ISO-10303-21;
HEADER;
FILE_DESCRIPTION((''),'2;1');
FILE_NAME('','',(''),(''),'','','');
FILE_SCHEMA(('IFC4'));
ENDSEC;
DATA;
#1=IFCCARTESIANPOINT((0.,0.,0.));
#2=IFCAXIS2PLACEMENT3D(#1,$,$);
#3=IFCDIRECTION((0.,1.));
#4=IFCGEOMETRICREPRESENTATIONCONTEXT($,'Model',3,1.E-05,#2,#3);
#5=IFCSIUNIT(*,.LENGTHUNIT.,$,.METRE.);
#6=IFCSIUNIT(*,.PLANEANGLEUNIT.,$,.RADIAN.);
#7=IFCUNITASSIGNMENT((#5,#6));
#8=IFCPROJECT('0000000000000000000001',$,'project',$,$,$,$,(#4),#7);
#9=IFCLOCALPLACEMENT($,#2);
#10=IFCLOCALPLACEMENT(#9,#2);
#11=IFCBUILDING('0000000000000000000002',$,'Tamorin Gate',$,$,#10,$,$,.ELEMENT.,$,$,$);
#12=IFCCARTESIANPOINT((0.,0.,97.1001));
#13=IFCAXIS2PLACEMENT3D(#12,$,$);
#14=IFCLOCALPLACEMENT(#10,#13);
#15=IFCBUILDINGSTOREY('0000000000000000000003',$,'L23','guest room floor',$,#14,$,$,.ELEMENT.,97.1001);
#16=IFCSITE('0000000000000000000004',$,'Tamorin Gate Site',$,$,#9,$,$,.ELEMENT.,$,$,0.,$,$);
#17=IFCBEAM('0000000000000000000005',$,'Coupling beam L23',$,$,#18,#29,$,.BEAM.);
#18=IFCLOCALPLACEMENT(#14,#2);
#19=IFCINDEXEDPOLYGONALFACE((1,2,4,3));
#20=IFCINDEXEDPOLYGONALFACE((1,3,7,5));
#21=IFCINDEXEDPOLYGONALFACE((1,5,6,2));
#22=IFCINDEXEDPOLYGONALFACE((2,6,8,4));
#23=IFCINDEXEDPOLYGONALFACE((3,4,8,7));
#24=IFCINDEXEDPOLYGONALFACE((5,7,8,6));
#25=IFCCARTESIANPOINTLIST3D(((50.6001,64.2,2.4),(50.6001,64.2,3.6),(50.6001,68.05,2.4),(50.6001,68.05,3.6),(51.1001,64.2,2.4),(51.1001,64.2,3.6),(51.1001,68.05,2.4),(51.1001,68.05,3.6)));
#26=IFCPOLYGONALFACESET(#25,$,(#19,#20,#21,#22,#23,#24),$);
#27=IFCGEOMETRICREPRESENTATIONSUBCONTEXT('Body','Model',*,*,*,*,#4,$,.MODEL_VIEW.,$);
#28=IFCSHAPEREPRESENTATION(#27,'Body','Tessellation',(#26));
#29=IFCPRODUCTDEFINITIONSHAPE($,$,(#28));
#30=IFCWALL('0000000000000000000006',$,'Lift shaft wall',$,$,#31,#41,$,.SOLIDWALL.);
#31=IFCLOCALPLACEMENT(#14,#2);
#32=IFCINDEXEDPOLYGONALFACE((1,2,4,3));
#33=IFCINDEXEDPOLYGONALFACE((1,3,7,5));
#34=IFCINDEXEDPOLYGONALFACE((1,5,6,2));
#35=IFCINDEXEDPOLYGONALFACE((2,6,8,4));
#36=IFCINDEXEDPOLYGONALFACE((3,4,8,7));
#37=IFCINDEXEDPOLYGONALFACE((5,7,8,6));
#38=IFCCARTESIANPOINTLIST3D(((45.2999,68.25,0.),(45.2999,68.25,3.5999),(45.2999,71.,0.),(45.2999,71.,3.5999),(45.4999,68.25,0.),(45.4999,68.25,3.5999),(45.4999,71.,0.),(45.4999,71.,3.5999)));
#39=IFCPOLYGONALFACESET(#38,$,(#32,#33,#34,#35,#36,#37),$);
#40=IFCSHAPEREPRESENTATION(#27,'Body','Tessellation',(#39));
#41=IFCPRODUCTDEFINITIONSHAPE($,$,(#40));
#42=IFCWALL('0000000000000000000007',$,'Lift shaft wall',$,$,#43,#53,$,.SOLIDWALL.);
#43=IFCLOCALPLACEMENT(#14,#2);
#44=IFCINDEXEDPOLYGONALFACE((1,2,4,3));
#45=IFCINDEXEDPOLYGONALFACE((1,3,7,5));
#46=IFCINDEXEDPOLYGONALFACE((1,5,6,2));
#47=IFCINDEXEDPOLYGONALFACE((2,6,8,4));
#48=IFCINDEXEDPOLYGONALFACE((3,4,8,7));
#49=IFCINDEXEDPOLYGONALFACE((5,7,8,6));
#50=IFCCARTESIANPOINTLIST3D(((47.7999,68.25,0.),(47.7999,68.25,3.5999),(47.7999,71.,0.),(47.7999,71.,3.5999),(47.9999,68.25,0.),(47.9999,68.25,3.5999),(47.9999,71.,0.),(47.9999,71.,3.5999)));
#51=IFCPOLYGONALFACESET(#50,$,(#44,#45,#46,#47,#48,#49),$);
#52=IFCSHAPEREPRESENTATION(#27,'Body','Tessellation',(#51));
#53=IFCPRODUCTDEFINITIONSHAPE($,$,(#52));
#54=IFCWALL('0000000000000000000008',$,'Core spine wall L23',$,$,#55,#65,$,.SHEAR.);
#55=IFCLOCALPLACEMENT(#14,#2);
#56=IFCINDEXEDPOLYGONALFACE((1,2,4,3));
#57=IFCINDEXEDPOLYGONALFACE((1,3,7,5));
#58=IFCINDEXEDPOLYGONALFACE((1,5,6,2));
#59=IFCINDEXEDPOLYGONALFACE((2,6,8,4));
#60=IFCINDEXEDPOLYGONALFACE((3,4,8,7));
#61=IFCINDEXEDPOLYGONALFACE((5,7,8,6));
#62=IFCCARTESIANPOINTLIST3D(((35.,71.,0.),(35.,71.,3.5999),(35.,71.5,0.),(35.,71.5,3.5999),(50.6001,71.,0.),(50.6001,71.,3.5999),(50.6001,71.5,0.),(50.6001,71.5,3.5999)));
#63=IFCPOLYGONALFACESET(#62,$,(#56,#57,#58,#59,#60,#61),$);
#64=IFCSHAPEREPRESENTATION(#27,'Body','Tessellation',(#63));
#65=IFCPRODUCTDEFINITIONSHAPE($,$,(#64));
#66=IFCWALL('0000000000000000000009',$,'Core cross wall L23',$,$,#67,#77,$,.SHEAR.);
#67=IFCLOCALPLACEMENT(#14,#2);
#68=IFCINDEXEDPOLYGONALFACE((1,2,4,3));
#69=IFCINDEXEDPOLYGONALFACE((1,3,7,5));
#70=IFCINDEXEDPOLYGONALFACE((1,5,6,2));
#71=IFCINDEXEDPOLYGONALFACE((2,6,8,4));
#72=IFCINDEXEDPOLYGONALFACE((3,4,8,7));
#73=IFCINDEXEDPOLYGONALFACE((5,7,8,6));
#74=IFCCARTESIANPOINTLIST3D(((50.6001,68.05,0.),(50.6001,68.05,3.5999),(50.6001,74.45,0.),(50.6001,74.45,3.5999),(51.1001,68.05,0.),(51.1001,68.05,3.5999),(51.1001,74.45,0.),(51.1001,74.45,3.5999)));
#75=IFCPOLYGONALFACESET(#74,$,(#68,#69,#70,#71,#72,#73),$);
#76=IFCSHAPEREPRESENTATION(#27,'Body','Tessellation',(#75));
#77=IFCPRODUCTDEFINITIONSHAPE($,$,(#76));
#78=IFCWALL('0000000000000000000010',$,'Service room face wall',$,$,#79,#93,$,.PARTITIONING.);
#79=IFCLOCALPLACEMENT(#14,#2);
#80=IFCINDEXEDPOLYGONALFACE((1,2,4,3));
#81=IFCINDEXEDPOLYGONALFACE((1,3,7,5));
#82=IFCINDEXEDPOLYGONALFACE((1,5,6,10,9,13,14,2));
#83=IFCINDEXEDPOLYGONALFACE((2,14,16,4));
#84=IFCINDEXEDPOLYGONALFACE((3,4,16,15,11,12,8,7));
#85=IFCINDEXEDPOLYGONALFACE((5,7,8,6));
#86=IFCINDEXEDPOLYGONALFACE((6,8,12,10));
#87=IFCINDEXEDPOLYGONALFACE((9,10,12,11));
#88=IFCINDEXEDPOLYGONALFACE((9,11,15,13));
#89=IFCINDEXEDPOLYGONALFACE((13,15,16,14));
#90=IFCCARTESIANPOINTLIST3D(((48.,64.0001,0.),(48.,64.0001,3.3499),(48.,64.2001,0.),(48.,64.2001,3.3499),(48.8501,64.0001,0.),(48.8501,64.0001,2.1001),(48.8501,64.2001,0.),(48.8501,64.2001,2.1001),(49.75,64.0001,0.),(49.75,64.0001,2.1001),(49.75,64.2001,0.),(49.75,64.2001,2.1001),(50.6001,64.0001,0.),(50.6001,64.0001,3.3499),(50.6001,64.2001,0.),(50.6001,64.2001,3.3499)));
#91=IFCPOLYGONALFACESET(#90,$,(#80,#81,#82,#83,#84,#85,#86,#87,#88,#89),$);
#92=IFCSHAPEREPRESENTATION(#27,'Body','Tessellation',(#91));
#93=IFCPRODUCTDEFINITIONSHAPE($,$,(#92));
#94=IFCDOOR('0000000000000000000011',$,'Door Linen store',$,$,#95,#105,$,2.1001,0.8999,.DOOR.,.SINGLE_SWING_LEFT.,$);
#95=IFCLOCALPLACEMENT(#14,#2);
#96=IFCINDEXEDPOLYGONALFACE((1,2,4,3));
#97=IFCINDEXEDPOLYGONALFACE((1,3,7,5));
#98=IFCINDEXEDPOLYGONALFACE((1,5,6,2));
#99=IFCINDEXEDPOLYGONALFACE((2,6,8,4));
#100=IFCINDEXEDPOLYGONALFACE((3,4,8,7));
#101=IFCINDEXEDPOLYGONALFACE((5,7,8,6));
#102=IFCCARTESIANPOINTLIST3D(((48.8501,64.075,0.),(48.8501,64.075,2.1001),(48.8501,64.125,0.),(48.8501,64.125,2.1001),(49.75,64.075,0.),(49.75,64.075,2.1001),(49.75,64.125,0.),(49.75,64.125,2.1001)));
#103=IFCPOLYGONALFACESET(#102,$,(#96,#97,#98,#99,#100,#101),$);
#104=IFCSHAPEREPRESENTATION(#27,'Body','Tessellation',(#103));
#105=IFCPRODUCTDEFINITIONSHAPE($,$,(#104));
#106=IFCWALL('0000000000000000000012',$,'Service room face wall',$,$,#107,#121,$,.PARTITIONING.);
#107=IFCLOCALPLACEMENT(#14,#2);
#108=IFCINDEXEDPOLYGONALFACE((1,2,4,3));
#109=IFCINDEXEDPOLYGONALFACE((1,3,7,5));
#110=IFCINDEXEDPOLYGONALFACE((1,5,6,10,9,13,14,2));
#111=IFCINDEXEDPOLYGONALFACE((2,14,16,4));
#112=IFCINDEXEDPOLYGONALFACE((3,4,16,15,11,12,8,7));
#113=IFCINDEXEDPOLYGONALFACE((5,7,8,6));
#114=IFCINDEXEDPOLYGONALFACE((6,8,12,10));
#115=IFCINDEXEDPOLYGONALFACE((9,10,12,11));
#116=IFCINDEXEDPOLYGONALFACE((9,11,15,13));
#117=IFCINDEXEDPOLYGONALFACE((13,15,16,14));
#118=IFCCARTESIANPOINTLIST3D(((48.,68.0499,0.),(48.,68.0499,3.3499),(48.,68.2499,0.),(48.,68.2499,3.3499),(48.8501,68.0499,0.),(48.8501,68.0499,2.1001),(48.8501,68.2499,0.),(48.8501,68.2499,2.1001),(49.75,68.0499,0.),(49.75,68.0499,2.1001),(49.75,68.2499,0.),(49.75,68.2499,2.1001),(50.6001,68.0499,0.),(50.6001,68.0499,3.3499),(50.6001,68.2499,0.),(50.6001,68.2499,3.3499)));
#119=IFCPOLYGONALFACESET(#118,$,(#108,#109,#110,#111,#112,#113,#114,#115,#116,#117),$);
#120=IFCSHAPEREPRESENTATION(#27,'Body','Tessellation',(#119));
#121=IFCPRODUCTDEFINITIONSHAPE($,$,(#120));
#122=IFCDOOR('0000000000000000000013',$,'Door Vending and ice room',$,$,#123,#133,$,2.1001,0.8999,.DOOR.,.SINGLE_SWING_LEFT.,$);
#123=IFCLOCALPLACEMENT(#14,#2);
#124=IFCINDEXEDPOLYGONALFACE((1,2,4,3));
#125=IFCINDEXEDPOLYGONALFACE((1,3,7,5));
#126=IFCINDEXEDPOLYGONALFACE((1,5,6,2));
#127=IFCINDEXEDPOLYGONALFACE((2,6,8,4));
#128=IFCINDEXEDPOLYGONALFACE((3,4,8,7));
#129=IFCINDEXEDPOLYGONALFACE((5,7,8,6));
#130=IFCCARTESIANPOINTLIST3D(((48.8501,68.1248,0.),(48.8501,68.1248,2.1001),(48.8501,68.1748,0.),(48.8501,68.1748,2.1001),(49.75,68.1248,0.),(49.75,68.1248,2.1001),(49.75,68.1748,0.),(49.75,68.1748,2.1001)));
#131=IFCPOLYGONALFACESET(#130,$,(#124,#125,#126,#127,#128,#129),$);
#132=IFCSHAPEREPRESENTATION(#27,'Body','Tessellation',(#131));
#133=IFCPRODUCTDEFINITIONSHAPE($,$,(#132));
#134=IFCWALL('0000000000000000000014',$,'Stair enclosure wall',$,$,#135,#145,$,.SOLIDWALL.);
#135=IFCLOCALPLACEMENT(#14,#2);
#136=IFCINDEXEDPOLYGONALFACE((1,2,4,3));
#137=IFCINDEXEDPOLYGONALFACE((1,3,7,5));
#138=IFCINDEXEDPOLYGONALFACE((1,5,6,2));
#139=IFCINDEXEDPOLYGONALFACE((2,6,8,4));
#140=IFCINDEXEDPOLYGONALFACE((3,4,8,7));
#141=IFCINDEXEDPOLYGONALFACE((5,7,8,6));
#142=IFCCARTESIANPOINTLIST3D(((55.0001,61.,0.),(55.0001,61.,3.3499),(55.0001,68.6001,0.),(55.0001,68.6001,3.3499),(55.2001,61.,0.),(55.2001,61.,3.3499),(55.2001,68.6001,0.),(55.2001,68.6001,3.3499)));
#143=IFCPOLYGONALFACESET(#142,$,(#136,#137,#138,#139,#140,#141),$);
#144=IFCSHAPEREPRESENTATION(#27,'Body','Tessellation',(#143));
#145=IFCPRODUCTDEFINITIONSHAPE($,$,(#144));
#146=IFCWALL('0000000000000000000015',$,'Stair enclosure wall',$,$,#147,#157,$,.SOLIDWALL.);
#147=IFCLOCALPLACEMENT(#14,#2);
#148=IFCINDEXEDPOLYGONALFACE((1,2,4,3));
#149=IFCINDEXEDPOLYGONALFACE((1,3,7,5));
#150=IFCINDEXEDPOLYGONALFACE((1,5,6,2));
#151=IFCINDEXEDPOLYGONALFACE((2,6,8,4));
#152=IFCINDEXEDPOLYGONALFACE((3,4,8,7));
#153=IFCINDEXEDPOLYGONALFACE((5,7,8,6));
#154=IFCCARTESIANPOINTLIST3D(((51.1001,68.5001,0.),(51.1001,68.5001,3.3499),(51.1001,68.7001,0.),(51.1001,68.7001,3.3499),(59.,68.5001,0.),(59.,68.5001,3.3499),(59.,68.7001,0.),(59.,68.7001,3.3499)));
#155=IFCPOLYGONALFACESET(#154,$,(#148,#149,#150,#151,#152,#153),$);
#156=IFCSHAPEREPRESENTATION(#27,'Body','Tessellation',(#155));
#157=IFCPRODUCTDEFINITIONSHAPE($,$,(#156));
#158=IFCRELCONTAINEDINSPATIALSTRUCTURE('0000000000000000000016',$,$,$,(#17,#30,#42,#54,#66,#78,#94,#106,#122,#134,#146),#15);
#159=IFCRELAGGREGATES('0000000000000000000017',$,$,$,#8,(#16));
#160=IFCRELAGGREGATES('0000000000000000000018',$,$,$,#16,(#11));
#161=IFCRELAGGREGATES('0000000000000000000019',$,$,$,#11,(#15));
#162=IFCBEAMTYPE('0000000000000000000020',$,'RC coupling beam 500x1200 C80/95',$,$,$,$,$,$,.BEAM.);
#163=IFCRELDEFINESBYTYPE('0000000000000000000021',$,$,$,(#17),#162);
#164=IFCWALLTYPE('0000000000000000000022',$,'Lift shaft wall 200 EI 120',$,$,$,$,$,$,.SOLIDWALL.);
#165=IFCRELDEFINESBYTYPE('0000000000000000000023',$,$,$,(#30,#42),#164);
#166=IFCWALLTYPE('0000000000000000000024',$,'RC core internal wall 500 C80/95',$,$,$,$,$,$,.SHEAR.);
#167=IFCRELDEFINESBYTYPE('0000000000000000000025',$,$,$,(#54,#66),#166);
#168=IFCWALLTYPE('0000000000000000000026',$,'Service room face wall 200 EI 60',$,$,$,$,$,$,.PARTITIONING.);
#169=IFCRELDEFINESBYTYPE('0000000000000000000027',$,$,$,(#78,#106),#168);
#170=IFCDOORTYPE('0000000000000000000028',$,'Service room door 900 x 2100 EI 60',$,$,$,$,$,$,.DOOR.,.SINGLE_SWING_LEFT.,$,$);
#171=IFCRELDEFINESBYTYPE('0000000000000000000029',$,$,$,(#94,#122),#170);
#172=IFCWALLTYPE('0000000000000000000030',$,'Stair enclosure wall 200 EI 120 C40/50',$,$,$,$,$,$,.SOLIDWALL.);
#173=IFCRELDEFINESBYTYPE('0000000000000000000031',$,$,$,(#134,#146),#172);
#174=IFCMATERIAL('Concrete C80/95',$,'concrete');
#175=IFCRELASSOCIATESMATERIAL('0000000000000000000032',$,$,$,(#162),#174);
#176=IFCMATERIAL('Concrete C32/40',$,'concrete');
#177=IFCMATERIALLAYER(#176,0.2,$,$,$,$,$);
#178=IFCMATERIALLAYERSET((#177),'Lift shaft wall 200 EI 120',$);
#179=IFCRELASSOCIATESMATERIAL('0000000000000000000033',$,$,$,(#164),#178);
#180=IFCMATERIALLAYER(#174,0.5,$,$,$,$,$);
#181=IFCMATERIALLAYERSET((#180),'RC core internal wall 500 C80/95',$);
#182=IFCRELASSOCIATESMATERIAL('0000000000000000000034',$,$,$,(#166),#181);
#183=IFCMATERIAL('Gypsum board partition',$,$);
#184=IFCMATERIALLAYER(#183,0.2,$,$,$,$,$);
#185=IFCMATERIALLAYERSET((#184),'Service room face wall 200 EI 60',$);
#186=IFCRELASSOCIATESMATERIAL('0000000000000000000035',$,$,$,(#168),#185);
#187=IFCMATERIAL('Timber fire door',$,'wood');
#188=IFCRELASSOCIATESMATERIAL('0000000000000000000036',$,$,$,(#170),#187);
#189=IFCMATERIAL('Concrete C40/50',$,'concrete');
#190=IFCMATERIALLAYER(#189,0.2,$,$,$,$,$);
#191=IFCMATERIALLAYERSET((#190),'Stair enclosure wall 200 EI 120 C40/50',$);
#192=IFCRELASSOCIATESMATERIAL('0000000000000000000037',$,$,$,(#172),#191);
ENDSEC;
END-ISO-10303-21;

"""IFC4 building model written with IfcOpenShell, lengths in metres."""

from ifc_helpers import new_model, si_unit, direction, frame, frame_2d, origin, origin_2d, place, context, subcontext, project, spatial, rectangle, extrude, material, layer, layer_set, material_profile, profile_set, type_object, element, fill, save


model = new_model("IFC4")

# Units and contexts
model_context = context("Model", 3, precision=1e-05, world=origin(), true_north=direction((0.0, 1.0)))
body_context = subcontext(model_context, "Body", "Model", "MODEL_VIEW")
ifc_project = project(units=[si_unit("LENGTHUNIT", "METRE"), si_unit("PLANEANGLEUNIT", "RADIAN")], contexts=[model_context])

# Site, building, storey
site_placement = place(None, origin())
site = spatial("IfcSite", under=ifc_project, at=site_placement, Name="Tamorin Gate Site", CompositionType="ELEMENT", RefElevation=0.0)
building_placement = place(site_placement, origin())
building = spatial("IfcBuilding", under=site, at=building_placement, Name="Tamorin Gate", CompositionType="ELEMENT")
storey_placement = place(building_placement, frame((0.0, 0.0, 97.1001)))
storey = spatial("IfcBuildingStorey", under=building, at=storey_placement, Name="L23", Description="guest room floor", CompositionType="ELEMENT", Elevation=97.1001)

# Beam
ifc_material_1 = material(Name="Concrete C80/95", Category="concrete")
ifc_material_profile = material_profile(ifc_material_1, rectangle(XDim=0.5, YDim=1.2, at=origin_2d()), Name="RC 500x1200")
ifc_profile_set = profile_set([ifc_material_profile], Name="Concrete C80/95")
beam_type = type_object("IfcBeamType", Name="RC coupling beam 500x1200 C80/95", PredefinedType="BEAM", material=ifc_profile_set)
beam_placement = place(storey_placement, frame((50.8501, 64.2, 3.0), z_axis=(0.0, 1.0, 0.0), x_axis=(-1.0, 0.0, 0.0)))
element("IfcBeam", 1, at=beam_placement, inside=storey, type_object=beam_type, Name="Coupling beam L23", PredefinedType="BEAM", context=body_context, shape_type="SweptSolid", body=[
    extrude(rectangle(XDim=0.5, YDim=1.2, at=origin_2d()), origin(), (0.0, 0.0, 1.0), 3.8501),
])

# Walls
ifc_material_2 = material(Name="Concrete C32/40", Category="concrete")
ifc_layer_1 = layer(ifc_material_2, 0.2)
ifc_layer_set_1 = layer_set([ifc_layer_1], Name="Lift shaft wall 200 EI 120")
wall_type_1 = type_object("IfcWallType", Name="Lift shaft wall 200 EI 120", PredefinedType="SOLIDWALL", material=ifc_layer_set_1)
for number, where, z_axis, x_axis, name in (
    (2, (45.3999, 68.25, 0.0), (0.0, 0.0, 1.0), (0.0, 1.0, 0.0), "Lift shaft wall"),
    (3, (47.8999, 68.25, 0.0), (0.0, 0.0, 1.0), (0.0, 1.0, 0.0), "Lift shaft wall"),
):
    element("IfcWall", number, at=place(storey_placement, frame(where, z_axis=z_axis, x_axis=x_axis)), inside=storey, type_object=wall_type_1, Name=name, PredefinedType="SOLIDWALL", context=body_context, shape_type="SweptSolid", body=[
        extrude(rectangle(XDim=2.75, YDim=0.2, at=frame_2d((1.375, 0.0))), origin(), (0.0, 0.0, 1.0), 3.5999),
    ])
ifc_layer_2 = layer(ifc_material_1, 0.5)
ifc_layer_set_2 = layer_set([ifc_layer_2], Name="RC core internal wall 500 C80/95")
wall_type_2 = type_object("IfcWallType", Name="RC core internal wall 500 C80/95", PredefinedType="SHEAR", material=ifc_layer_set_2)
wall_1_placement = place(storey_placement, frame((35.0, 71.25, 0.0), z_axis=(0.0, 0.0, 1.0), x_axis=(1.0, 0.0, 0.0)))
element("IfcWall", 4, at=wall_1_placement, inside=storey, type_object=wall_type_2, Name="Core spine wall L23", PredefinedType="SHEAR", context=body_context, shape_type="SweptSolid", body=[
    extrude(rectangle(XDim=15.6001, YDim=0.5, at=frame_2d((7.8, 0.0))), origin(), (0.0, 0.0, 1.0), 3.5999),
])
wall_2_placement = place(storey_placement, frame((50.8501, 68.05, 0.0), z_axis=(0.0, 0.0, 1.0), x_axis=(0.0, 1.0, 0.0)))
element("IfcWall", 5, at=wall_2_placement, inside=storey, type_object=wall_type_2, Name="Core cross wall L23", PredefinedType="SHEAR", context=body_context, shape_type="SweptSolid", body=[
    extrude(rectangle(XDim=6.3999, YDim=0.5, at=frame_2d((3.2, 0.0))), origin(), (0.0, 0.0, 1.0), 3.5999),
])

# Walls, openings, doors
ifc_material_3 = material(Name="Gypsum board partition")
ifc_layer_3 = layer(ifc_material_3, 0.2)
ifc_layer_set_3 = layer_set([ifc_layer_3], Name="Service room face wall 200 EI 60")
wall_type_3 = type_object("IfcWallType", Name="Service room face wall 200 EI 60", PredefinedType="PARTITIONING", material=ifc_layer_set_3)
wall_3_placement = place(storey_placement, frame((48.0, 64.1001, 0.0), z_axis=(0.0, 0.0, 1.0), x_axis=(1.0, 0.0, 0.0)))
wall_3 = element("IfcWall", 6, at=wall_3_placement, inside=storey, type_object=wall_type_3, Name="Service room face wall", PredefinedType="PARTITIONING", context=body_context, shape_type="SweptSolid", body=[
    extrude(rectangle(XDim=2.6001, YDim=0.2, at=frame_2d((1.3, 0.0))), origin(), (0.0, 0.0, 1.0), 3.3499),
])
opening_1_placement = place(wall_3_placement, frame((0.8501, 0.0, 0.0)))
opening_1 = element("IfcOpeningElement", 7, at=opening_1_placement, cuts=wall_3, PredefinedType="OPENING", context=body_context, shape_type="SweptSolid", body=[
    extrude(rectangle(XDim=0.8999, YDim=2.1001, at=frame_2d((0.45, 1.05))), frame((0.0, 0.1099, 0.0), z_axis=(0.0, -1.0, 0.0), x_axis=(1.0, 0.0, 0.0)), (0.0, 0.0, 1.0), 0.22),
])
ifc_material_4 = material(Name="Timber fire door", Category="wood")
door_type = type_object("IfcDoorType", Name="Service room door 900 x 2100 EI 60", OperationType="SINGLE_SWING_LEFT", PredefinedType="DOOR", material=ifc_material_4)
door_1_placement = place(opening_1_placement, origin())
door_1 = element("IfcDoor", 8, at=door_1_placement, inside=storey, type_object=door_type, Name="Door Linen store", OperationType="SINGLE_SWING_LEFT", OverallHeight=2.1001, OverallWidth=0.8999, PredefinedType="DOOR", context=body_context, shape_type="SweptSolid", body=[
    extrude(rectangle(XDim=0.8999, YDim=2.1001, at=frame_2d((0.45, 1.05))), frame((0.0, 0.0249, 0.0), z_axis=(0.0, -1.0, 0.0), x_axis=(1.0, 0.0, 0.0)), (0.0, 0.0, 1.0), 0.05),
])
fill(opening_1, door_1)
wall_4_placement = place(storey_placement, frame((48.0, 68.1499, 0.0), z_axis=(0.0, 0.0, 1.0), x_axis=(1.0, 0.0, 0.0)))
wall_4 = element("IfcWall", 9, at=wall_4_placement, inside=storey, type_object=wall_type_3, Name="Service room face wall", PredefinedType="PARTITIONING", context=body_context, shape_type="SweptSolid", body=[
    extrude(rectangle(XDim=2.6001, YDim=0.2, at=frame_2d((1.3, 0.0))), origin(), (0.0, 0.0, 1.0), 3.3499),
])
opening_2_placement = place(wall_4_placement, frame((0.8501, 0.0, 0.0)))
opening_2 = element("IfcOpeningElement", 10, at=opening_2_placement, cuts=wall_4, PredefinedType="OPENING", context=body_context, shape_type="SweptSolid", body=[
    extrude(rectangle(XDim=0.8999, YDim=2.1001, at=frame_2d((0.45, 1.05))), frame((0.0, 0.1099, 0.0), z_axis=(0.0, -1.0, 0.0), x_axis=(1.0, 0.0, 0.0)), (0.0, 0.0, 1.0), 0.22),
])
door_2_placement = place(opening_2_placement, origin())
door_2 = element("IfcDoor", 11, at=door_2_placement, inside=storey, type_object=door_type, Name="Door Vending and ice room", OperationType="SINGLE_SWING_LEFT", OverallHeight=2.1001, OverallWidth=0.8999, PredefinedType="DOOR", context=body_context, shape_type="SweptSolid", body=[
    extrude(rectangle(XDim=0.8999, YDim=2.1001, at=frame_2d((0.45, 1.05))), frame((0.0, 0.0249, 0.0), z_axis=(0.0, -1.0, 0.0), x_axis=(1.0, 0.0, 0.0)), (0.0, 0.0, 1.0), 0.05),
])
fill(opening_2, door_2)

# Walls
ifc_material_5 = material(Name="Concrete C40/50", Category="concrete")
ifc_layer_4 = layer(ifc_material_5, 0.2)
ifc_layer_set_4 = layer_set([ifc_layer_4], Name="Stair enclosure wall 200 EI 120 C40/50")
wall_type_4 = type_object("IfcWallType", Name="Stair enclosure wall 200 EI 120 C40/50", PredefinedType="SOLIDWALL", material=ifc_layer_set_4)
wall_5_placement = place(storey_placement, frame((55.1001, 61.0, 0.0), z_axis=(0.0, 0.0, 1.0), x_axis=(0.0, 1.0, 0.0)))
element("IfcWall", 12, at=wall_5_placement, inside=storey, type_object=wall_type_4, Name="Stair enclosure wall", PredefinedType="SOLIDWALL", context=body_context, shape_type="SweptSolid", body=[
    extrude(rectangle(XDim=7.6001, YDim=0.2, at=frame_2d((3.8, 0.0))), origin(), (0.0, 0.0, 1.0), 3.3499),
])
wall_6_placement = place(storey_placement, frame((51.1001, 68.6001, 0.0), z_axis=(0.0, 0.0, 1.0), x_axis=(1.0, 0.0, 0.0)))
element("IfcWall", 13, at=wall_6_placement, inside=storey, type_object=wall_type_4, Name="Stair enclosure wall", PredefinedType="SOLIDWALL", context=body_context, shape_type="SweptSolid", body=[
    extrude(rectangle(XDim=7.8999, YDim=0.2, at=frame_2d((3.95, 0.0))), origin(), (0.0, 0.0, 1.0), 3.3499),
])

save(model, "model.ifc")
